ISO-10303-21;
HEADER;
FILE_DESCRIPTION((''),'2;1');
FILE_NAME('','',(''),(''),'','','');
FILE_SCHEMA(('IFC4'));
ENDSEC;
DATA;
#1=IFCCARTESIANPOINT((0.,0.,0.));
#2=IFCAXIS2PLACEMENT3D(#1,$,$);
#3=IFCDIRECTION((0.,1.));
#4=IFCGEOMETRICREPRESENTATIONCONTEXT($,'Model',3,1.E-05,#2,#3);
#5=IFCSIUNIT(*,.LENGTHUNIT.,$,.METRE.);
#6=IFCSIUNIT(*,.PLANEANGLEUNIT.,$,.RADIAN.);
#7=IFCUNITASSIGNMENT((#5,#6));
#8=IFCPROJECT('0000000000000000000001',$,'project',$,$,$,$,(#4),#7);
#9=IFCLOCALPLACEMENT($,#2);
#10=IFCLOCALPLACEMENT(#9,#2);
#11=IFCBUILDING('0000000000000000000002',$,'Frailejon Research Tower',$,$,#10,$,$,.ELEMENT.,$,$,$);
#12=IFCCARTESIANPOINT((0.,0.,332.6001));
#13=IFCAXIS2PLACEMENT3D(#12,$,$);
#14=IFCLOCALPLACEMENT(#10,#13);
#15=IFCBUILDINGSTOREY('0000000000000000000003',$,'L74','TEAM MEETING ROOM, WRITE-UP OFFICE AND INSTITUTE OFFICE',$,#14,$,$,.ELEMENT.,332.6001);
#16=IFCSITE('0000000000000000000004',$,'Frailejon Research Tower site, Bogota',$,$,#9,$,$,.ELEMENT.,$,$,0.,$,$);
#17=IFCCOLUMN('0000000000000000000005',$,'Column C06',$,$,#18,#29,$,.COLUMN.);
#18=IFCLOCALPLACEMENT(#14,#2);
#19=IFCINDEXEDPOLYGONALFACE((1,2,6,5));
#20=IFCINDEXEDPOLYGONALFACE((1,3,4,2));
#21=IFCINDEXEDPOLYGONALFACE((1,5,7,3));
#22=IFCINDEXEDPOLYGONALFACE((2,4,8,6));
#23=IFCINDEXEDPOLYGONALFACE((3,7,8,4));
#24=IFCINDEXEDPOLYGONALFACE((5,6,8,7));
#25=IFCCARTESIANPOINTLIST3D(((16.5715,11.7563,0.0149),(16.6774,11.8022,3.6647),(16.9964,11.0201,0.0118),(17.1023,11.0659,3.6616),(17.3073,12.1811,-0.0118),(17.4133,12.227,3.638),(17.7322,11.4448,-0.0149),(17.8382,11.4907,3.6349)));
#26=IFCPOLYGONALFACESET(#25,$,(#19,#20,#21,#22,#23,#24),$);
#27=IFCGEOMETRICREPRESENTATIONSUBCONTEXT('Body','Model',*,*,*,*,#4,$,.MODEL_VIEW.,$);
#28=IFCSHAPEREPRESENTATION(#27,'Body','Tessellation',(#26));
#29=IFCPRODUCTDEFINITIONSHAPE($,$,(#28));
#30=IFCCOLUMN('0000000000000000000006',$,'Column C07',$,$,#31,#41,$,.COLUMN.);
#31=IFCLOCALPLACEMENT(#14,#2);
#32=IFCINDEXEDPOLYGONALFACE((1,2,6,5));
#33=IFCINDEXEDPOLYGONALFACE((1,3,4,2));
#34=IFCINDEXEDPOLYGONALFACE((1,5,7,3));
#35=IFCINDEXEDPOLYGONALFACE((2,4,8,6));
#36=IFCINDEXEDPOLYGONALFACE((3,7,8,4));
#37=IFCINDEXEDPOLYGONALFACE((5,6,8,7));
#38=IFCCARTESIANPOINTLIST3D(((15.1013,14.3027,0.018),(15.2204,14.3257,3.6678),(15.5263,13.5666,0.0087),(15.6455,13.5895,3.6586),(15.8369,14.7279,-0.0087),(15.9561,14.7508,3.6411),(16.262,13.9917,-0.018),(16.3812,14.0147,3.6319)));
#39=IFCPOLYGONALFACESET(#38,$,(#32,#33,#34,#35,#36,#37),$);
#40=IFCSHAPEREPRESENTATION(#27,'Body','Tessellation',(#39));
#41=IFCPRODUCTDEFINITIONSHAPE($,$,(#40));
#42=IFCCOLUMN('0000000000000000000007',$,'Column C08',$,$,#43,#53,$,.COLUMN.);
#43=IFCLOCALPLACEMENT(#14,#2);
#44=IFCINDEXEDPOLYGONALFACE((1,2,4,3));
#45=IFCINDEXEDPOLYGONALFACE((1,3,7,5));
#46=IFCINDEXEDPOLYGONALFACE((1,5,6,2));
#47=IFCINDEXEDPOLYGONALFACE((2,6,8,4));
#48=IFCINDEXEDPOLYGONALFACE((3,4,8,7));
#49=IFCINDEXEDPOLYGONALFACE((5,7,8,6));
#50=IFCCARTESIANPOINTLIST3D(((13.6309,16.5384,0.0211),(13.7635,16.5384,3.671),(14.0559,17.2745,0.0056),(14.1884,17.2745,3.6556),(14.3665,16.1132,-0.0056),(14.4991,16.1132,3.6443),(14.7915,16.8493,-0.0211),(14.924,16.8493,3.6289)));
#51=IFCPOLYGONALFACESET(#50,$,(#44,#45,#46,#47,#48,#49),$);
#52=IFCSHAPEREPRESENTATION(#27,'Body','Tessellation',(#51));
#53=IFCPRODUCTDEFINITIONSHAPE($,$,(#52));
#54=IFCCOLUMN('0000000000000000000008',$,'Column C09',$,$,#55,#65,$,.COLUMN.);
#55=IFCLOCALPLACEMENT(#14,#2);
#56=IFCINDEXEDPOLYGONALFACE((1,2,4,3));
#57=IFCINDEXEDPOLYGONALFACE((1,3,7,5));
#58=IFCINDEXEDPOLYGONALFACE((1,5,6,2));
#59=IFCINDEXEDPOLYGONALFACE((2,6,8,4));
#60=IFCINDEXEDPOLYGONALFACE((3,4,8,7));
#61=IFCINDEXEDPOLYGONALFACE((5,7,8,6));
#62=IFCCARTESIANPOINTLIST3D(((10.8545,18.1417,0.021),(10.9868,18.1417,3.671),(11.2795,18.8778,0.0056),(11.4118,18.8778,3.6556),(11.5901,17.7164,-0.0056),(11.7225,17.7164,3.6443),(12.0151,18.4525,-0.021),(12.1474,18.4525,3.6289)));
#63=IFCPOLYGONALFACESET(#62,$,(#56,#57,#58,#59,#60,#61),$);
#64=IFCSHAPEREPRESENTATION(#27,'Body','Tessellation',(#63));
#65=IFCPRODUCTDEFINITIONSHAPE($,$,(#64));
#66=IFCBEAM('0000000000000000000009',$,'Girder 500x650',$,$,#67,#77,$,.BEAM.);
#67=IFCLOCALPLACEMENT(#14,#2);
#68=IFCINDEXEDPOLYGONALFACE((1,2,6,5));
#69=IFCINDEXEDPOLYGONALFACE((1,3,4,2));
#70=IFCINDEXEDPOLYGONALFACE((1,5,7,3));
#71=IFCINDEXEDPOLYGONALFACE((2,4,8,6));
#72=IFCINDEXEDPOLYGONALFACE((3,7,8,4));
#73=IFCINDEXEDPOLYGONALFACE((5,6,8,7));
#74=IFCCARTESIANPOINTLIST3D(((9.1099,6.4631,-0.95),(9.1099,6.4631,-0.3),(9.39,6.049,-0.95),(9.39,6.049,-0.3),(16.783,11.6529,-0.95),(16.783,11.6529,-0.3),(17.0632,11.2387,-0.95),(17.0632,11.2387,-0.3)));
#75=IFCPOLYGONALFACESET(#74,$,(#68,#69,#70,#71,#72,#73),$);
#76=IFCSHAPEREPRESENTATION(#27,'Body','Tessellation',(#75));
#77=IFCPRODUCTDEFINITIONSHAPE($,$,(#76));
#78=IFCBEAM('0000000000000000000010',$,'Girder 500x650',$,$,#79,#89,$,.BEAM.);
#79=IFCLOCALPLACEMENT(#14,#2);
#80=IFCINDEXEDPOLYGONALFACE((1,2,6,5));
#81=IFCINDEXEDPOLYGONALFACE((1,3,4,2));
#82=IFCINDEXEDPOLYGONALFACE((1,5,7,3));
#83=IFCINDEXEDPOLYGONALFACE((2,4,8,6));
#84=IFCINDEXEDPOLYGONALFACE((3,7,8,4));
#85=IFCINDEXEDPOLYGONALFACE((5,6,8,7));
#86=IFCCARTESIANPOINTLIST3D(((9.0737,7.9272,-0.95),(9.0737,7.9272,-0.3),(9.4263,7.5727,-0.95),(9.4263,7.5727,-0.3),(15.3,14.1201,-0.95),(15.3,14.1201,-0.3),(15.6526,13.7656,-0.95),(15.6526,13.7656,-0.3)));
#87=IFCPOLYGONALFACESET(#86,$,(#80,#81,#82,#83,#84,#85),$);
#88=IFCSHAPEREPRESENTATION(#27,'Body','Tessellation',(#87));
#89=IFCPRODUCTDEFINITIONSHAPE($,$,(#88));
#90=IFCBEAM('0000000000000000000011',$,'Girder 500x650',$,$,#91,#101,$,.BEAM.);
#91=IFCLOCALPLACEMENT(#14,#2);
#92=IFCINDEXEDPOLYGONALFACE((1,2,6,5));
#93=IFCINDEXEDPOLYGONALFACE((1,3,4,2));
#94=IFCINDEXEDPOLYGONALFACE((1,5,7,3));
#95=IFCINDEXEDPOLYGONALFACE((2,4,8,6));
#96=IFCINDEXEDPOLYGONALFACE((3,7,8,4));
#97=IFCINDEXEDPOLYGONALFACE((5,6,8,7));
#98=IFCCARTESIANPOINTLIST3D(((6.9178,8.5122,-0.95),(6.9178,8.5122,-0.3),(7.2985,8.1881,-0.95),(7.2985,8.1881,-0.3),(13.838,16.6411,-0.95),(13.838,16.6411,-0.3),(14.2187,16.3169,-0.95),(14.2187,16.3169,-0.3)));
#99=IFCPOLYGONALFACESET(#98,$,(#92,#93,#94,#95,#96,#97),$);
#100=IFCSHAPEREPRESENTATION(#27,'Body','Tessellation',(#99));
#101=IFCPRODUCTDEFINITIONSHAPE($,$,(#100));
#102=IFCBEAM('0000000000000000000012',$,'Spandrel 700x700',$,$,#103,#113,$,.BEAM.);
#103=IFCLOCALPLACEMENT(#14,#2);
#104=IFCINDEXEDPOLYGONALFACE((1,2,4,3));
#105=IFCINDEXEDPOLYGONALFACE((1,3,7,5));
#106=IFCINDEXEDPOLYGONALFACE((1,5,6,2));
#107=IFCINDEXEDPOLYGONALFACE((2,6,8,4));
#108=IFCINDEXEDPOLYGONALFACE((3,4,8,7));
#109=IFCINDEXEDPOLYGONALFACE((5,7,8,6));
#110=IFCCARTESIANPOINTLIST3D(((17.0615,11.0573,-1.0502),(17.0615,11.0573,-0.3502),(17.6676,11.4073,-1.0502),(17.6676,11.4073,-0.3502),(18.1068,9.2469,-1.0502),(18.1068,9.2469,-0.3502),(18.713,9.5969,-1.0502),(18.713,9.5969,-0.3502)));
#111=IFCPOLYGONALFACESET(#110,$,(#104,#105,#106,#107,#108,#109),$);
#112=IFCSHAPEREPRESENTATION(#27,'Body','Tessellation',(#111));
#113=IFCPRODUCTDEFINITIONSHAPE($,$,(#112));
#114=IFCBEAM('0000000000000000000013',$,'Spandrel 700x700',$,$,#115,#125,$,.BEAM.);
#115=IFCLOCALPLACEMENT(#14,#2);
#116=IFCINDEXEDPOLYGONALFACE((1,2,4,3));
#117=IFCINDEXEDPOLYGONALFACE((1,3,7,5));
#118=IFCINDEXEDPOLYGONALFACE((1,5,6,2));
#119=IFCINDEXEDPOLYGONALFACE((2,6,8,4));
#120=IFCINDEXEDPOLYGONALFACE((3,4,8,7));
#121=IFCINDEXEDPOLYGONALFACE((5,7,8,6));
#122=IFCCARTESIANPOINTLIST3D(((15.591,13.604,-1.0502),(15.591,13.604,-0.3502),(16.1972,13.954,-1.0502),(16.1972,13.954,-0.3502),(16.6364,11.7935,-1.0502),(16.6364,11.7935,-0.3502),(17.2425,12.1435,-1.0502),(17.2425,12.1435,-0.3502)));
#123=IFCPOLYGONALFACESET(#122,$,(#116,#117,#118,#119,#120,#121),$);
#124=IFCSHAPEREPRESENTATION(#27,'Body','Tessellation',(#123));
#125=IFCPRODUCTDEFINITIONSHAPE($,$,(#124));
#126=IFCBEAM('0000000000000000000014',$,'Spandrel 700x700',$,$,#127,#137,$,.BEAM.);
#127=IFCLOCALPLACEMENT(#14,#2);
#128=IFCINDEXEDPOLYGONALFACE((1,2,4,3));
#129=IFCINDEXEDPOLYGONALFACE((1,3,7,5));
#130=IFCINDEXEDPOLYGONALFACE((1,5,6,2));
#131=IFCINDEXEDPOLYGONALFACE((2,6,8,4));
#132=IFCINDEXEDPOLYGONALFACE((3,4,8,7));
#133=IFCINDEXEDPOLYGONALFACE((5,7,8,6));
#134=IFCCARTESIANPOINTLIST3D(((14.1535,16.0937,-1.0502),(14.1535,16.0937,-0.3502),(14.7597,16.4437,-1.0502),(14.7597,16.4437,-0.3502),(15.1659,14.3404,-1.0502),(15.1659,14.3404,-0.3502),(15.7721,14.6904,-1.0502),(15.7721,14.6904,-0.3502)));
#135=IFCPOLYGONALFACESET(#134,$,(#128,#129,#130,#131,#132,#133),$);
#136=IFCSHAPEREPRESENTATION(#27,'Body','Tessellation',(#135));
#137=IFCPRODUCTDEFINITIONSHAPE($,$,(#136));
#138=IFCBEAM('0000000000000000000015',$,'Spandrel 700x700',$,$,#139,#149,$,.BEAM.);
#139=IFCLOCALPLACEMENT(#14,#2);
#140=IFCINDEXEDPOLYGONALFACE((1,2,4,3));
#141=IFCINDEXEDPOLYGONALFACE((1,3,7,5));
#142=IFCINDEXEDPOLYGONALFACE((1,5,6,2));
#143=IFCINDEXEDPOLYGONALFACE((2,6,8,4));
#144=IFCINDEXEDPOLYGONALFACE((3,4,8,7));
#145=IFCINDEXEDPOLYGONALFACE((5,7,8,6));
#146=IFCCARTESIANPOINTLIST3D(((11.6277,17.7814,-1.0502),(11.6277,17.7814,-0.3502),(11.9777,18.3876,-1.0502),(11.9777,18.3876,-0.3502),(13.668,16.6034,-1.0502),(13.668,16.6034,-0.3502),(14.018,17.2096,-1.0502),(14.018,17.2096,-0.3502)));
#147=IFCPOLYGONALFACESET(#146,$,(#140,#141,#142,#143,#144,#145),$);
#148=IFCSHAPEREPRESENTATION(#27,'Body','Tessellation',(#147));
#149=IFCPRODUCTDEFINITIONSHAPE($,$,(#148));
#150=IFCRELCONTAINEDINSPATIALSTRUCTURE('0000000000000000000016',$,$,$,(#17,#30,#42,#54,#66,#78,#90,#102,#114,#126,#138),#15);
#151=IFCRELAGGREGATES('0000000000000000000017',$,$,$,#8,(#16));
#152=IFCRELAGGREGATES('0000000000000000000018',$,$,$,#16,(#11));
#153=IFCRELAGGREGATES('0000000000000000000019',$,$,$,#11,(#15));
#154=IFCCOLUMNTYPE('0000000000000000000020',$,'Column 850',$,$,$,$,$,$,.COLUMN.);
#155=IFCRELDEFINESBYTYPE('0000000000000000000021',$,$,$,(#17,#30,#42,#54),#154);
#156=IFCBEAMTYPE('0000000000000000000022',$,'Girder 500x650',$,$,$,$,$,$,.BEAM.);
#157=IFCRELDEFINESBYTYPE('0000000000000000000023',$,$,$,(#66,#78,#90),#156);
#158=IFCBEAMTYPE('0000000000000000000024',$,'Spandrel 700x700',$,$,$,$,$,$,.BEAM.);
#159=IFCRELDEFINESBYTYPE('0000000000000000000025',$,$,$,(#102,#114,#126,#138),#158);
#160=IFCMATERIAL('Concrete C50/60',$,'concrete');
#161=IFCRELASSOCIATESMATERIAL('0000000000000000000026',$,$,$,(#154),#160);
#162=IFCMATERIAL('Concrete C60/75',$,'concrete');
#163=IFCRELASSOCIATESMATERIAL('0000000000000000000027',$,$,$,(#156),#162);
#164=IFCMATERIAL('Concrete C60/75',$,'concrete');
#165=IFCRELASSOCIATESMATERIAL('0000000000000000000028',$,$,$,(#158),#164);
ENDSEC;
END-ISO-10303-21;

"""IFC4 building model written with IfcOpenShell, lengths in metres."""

from ifc_helpers import new_model, si_unit, direction, frame, origin, origin_2d, place, context, subcontext, project, spatial, rectangle, extrude, material, material_profile, profile_set, type_object, element, save


model = new_model("IFC4")

# Units and contexts
model_context = context("Model", 3, precision=1e-05, world=origin(), true_north=direction((0.0, 1.0)))
body_context = subcontext(model_context, "Body", "Model", "MODEL_VIEW")
ifc_project = project(units=[si_unit("LENGTHUNIT", "METRE"), si_unit("PLANEANGLEUNIT", "RADIAN")], contexts=[model_context])

# Site, building, storey
site_placement = place(None, origin())
site = spatial("IfcSite", under=ifc_project, at=site_placement, Name="Frailejon Research Tower site, Bogota", CompositionType="ELEMENT", RefElevation=0.0)
building_placement = place(site_placement, origin())
building = spatial("IfcBuilding", under=site, at=building_placement, Name="Frailejon Research Tower", CompositionType="ELEMENT")
storey_placement = place(building_placement, frame((0.0, 0.0, 332.6001)))
storey = spatial("IfcBuildingStorey", under=building, at=storey_placement, Name="L74", Description="TEAM MEETING ROOM, WRITE-UP OFFICE AND INSTITUTE OFFICE", CompositionType="ELEMENT", Elevation=332.6001)

# Columns
ifc_material_1 = material(Name="Concrete C50/60", Category="concrete")
ifc_material_profile_1 = material_profile(ifc_material_1, rectangle(XDim=0.8501, YDim=0.8501, at=origin_2d()), Name="Column 850")
ifc_profile_set_1 = profile_set([ifc_material_profile_1], Name="Concrete C50/60")
column_type = type_object("IfcColumnType", Name="Column 850", PredefinedType="COLUMN", material=ifc_profile_set_1)
column_1_placement = place(storey_placement, frame((17.1519, 11.6006, 0.0), z_axis=(0.029016, 0.012569, 0.9995), x_axis=(-0.499849, 0.866105, 0.003619)))
element("IfcColumn", 1, at=column_1_placement, inside=storey, type_object=column_type, Name="Column C06", PredefinedType="COLUMN", context=body_context, shape_type="SweptSolid", body=[
    extrude(rectangle(XDim=0.8501, YDim=0.8501, at=origin_2d()), origin(), (0.0, 0.0, 1.0), 3.6516),
])
column_2_placement = place(storey_placement, frame((15.6816, 14.1472, 0.0), z_axis=(0.032624, 0.006284, 0.999448), x_axis=(-0.500036, 0.865936, 0.010878)))
element("IfcColumn", 2, at=column_2_placement, inside=storey, type_object=column_type, Name="Column C07", PredefinedType="COLUMN", context=body_context, shape_type="SweptSolid", body=[
    extrude(rectangle(XDim=0.8501, YDim=0.8501, at=origin_2d()), origin(), (0.0, 0.0, 1.0), 3.6519),
])
for number, where, z_axis, x_axis, name in (
    (3, (14.2112, 16.6938, 0.0), (0.036297, 0.0, 0.999341), (-0.865313, 0.500246, 0.031429), "Column C08"),
    (4, (11.4348, 18.2971, 0.0), (0.03623, 0.0, 0.999343), (-0.865315, 0.500246, 0.031371), "Column C09"),
):
    element("IfcColumn", number, at=place(storey_placement, frame(where, z_axis=z_axis, x_axis=x_axis)), inside=storey, type_object=column_type, Name=name, PredefinedType="COLUMN", context=body_context, shape_type="SweptSolid", body=[
        extrude(rectangle(XDim=0.8501, YDim=0.8501, at=origin_2d()), origin(), (0.0, 0.0, 1.0), 3.6523),
    ])

# Beams
ifc_material_2 = material(Name="Concrete C60/75", Category="concrete")
ifc_material_profile_2 = material_profile(ifc_material_2, rectangle(XDim=0.5, YDim=0.6499, at=origin_2d()), Name="Girder 500x650")
ifc_profile_set_2 = profile_set([ifc_material_profile_2], Name="Concrete C60/75")
beam_type_1 = type_object("IfcBeamType", Name="Girder 500x650", PredefinedType="BEAM", material=ifc_profile_set_2)
beam_1_placement = place(storey_placement, frame((16.9231, 11.4458, -0.625), z_axis=(-0.82833, -0.560241, 0.0), x_axis=(0.560241, -0.82833, 0.0)))
element("IfcBeam", 5, at=beam_1_placement, inside=storey, type_object=beam_type_1, Name="Girder 500x650", PredefinedType="BEAM", context=body_context, shape_type="SweptSolid", body=[
    extrude(rectangle(XDim=0.5, YDim=0.6499, at=origin_2d()), origin(), (0.0, 0.0, 1.0), 9.2634),
])
beam_2_placement = place(storey_placement, frame((15.4763, 13.9429, -0.625), z_axis=(-0.709009, -0.7052, 0.0), x_axis=(0.7052, -0.709009, 0.0)))
element("IfcBeam", 6, at=beam_2_placement, inside=storey, type_object=beam_type_1, Name="Girder 500x650", PredefinedType="BEAM", context=body_context, shape_type="SweptSolid", body=[
    extrude(rectangle(XDim=0.5, YDim=0.6499, at=origin_2d()), origin(), (0.0, 0.0, 1.0), 8.7817),
])
beam_3_placement = place(storey_placement, frame((14.0283, 16.479, -0.625), z_axis=(-0.648224, -0.761449, 0.0), x_axis=(0.761449, -0.648224, 0.0)))
element("IfcBeam", 7, at=beam_3_placement, inside=storey, type_object=beam_type_1, Name="Girder 500x650", PredefinedType="BEAM", context=body_context, shape_type="SweptSolid", body=[
    extrude(rectangle(XDim=0.5, YDim=0.6499, at=origin_2d()), origin(), (0.0, 0.0, 1.0), 10.6755),
])
ifc_material_3 = material(Name="Concrete C60/75", Category="concrete")
ifc_material_profile_3 = material_profile(ifc_material_3, rectangle(XDim=0.7, YDim=0.7, at=origin_2d()), Name="Spandrel 700x700")
ifc_profile_set_3 = profile_set([ifc_material_profile_3], Name="Concrete C60/75")
beam_type_2 = type_object("IfcBeamType", Name="Spandrel 700x700", PredefinedType="BEAM", material=ifc_profile_set_3)
for number, where, z_axis, x_axis, name in (
    (8, (18.4099, 9.4219, -0.7002), (-0.500032, 0.866007, 0.0), (-0.866007, -0.500032, 0.0), "Spandrel 700x700"),
    (9, (16.9395, 11.9685, -0.7002), (-0.500032, 0.866007, 0.0), (-0.866007, -0.500032, 0.0), "Spandrel 700x700"),
):
    element("IfcBeam", number, at=place(storey_placement, frame(where, z_axis=z_axis, x_axis=x_axis)), inside=storey, type_object=beam_type_2, Name=name, PredefinedType="BEAM", context=body_context, shape_type="SweptSolid", body=[
        extrude(rectangle(XDim=0.7, YDim=0.7, at=origin_2d()), origin(), (0.0, 0.0, 1.0), 2.0906),
    ])
beam_4_placement = place(storey_placement, frame((15.469, 14.5154, -0.7002), z_axis=(-0.500043, 0.866001, 0.0), x_axis=(-0.866001, -0.500043, 0.0)))
element("IfcBeam", 10, at=beam_4_placement, inside=storey, type_object=beam_type_2, Name="Spandrel 700x700", PredefinedType="BEAM", context=body_context, shape_type="SweptSolid", body=[
    extrude(rectangle(XDim=0.7, YDim=0.7, at=origin_2d()), origin(), (0.0, 0.0, 1.0), 2.0247),
])
beam_5_placement = place(storey_placement, frame((13.843, 16.9065, -0.7002), z_axis=(-0.866022, 0.500007, 0.0), x_axis=(-0.500007, -0.866022, 0.0)))
element("IfcBeam", 11, at=beam_5_placement, inside=storey, type_object=beam_type_2, Name="Spandrel 700x700", PredefinedType="BEAM", context=body_context, shape_type="SweptSolid", body=[
    extrude(rectangle(XDim=0.7, YDim=0.7, at=origin_2d()), origin(), (0.0, 0.0, 1.0), 2.356),
])

save(model, "model.ifc")
